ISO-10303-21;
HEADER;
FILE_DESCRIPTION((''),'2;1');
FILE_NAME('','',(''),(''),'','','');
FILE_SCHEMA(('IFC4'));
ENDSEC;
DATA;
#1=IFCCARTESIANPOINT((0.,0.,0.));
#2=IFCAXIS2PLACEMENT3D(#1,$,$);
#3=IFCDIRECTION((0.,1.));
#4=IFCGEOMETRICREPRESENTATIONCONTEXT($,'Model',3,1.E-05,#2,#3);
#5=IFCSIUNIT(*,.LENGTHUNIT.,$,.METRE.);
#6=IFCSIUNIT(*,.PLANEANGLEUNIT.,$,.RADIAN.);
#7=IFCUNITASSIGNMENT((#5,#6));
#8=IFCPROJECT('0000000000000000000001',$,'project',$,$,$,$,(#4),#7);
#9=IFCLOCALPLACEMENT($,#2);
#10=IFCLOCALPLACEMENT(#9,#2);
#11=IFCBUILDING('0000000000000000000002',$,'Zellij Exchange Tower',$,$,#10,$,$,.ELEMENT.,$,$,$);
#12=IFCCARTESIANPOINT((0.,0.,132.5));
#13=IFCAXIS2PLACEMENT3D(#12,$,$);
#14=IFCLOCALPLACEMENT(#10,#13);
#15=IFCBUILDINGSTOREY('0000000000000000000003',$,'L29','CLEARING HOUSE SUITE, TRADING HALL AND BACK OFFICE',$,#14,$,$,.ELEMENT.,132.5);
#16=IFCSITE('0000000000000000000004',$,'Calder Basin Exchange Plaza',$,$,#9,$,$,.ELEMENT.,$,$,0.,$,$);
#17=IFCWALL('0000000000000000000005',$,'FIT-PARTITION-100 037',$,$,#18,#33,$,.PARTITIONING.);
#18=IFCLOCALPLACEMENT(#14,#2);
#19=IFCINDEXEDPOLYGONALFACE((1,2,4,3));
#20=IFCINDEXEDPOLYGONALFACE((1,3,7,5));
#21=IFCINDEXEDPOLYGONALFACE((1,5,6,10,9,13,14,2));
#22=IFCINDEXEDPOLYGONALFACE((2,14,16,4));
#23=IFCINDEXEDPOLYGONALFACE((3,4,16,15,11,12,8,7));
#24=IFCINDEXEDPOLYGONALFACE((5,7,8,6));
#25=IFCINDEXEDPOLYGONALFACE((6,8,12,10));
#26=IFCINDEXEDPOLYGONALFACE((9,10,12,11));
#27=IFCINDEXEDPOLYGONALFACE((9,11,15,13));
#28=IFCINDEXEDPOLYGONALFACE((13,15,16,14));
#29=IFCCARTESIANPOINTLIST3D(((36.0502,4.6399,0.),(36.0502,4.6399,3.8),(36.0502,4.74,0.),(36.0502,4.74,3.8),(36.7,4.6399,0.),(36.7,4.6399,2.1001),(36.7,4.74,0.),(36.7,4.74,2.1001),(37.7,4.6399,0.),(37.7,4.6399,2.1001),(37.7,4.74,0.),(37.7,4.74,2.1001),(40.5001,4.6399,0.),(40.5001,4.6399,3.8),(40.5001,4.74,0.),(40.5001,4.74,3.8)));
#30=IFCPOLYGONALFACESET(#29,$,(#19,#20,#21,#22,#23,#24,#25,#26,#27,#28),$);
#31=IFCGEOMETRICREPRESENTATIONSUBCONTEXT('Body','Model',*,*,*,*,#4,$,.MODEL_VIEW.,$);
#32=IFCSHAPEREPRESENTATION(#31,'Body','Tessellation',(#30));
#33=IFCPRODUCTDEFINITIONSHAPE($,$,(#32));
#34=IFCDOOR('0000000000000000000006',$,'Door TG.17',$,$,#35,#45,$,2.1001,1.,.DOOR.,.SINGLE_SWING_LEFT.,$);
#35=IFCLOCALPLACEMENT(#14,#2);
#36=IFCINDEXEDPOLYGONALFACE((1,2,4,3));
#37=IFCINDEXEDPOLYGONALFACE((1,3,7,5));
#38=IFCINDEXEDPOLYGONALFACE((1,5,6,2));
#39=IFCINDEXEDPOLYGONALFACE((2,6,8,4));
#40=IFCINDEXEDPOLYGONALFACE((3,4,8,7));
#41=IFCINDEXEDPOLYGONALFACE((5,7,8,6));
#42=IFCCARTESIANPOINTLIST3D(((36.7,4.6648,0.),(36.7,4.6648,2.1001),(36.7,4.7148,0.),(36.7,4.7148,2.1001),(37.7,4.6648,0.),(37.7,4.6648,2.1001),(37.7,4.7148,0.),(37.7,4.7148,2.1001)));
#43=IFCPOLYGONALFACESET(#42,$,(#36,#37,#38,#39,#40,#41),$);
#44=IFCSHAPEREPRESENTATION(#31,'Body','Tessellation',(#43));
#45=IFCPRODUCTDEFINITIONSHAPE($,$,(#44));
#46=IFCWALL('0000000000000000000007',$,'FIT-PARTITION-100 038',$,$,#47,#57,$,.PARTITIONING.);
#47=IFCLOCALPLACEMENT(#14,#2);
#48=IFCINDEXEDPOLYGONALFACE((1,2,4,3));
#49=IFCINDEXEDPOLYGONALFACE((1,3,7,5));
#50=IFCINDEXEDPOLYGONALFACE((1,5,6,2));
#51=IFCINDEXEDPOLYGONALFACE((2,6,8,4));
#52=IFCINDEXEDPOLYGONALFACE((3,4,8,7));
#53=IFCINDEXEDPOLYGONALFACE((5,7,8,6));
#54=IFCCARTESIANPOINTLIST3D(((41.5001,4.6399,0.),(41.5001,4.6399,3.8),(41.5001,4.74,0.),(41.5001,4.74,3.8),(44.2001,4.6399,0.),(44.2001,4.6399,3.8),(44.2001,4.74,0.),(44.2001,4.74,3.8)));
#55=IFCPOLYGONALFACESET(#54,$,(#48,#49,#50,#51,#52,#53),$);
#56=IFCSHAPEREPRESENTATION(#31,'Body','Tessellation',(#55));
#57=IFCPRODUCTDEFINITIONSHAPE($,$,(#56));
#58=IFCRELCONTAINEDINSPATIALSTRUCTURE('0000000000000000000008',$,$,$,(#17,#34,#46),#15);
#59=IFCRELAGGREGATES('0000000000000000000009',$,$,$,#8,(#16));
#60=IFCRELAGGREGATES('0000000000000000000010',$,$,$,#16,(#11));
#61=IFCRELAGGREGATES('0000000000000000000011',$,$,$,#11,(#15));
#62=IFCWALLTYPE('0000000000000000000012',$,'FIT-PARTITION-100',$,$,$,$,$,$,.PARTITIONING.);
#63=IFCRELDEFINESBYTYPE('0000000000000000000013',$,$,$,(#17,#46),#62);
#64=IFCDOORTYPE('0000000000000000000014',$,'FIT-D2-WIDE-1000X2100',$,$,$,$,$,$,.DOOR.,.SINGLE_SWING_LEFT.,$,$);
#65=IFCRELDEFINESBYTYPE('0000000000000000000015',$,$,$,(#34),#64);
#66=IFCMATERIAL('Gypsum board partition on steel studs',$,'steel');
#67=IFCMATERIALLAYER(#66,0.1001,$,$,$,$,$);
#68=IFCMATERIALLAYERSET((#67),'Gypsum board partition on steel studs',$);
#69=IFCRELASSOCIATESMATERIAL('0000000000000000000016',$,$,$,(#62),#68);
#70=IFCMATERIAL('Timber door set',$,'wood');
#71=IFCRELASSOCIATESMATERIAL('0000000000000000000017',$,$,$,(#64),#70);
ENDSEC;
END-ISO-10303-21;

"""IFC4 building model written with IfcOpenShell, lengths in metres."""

from ifc_helpers import new_model, si_unit, direction, frame, frame_2d, origin, place, context, subcontext, project, spatial, rectangle, extrude, material, layer, layer_set, type_object, element, fill, save


model = new_model("IFC4")

# Units and contexts
model_context = context("Model", 3, precision=1e-05, world=origin(), true_north=direction((0.0, 1.0)))
body_context = subcontext(model_context, "Body", "Model", "MODEL_VIEW")
ifc_project = project(units=[si_unit("LENGTHUNIT", "METRE"), si_unit("PLANEANGLEUNIT", "RADIAN")], contexts=[model_context])

# Site, building, storey
site_placement = place(None, origin())
site = spatial("IfcSite", under=ifc_project, at=site_placement, Name="Calder Basin Exchange Plaza", CompositionType="ELEMENT", RefElevation=0.0)
building_placement = place(site_placement, origin())
building = spatial("IfcBuilding", under=site, at=building_placement, Name="Zellij Exchange Tower", CompositionType="ELEMENT")
storey_placement = place(building_placement, frame((0.0, 0.0, 132.5)))
storey = spatial("IfcBuildingStorey", under=building, at=storey_placement, Name="L29", Description="CLEARING HOUSE SUITE, TRADING HALL AND BACK OFFICE", CompositionType="ELEMENT", Elevation=132.5)

# Shared definitions
ifc_material_1 = material(Name="Gypsum board partition on steel studs", Category="steel")
ifc_layer_1 = layer(ifc_material_1, 0.1001)
ifc_layer_set_1 = layer_set([ifc_layer_1], Name="Gypsum board partition on steel studs")
wall_type_1 = type_object("IfcWallType", Name="FIT-PARTITION-100", PredefinedType="PARTITIONING", material=ifc_layer_set_1)

# Wall, opening, door
wall_1_placement = place(storey_placement, frame((36.05, 4.6899, 0.0), z_axis=(0.0, 0.0, 1.0), x_axis=(1.0, 0.0, 0.0)))
wall_1 = element("IfcWall", 1, at=wall_1_placement, inside=storey, type_object=wall_type_1, Name="FIT-PARTITION-100 037", PredefinedType="PARTITIONING", context=body_context, shape_type="SweptSolid", body=[
    extrude(rectangle(XDim=4.45, YDim=0.1001, at=frame_2d((2.2251, 0.0))), origin(), (0.0, 0.0, 1.0), 3.8),
])
opening_1_placement = place(wall_1_placement, frame((0.6499, 0.0, 0.0)))
opening_1 = element("IfcOpeningElement", 2, at=opening_1_placement, cuts=wall_1, PredefinedType="OPENING", context=body_context, shape_type="SweptSolid", body=[
    extrude(rectangle(XDim=1.0, YDim=2.1001, at=frame_2d((0.5, 1.05))), frame((0.0, 0.062, 0.0), z_axis=(0.0, -1.0, 0.0), x_axis=(1.0, 0.0, 0.0)), (0.0, 0.0, 1.0), 0.124),
])
ifc_material_2 = material(Name="Timber door set", Category="wood")
door_type = type_object("IfcDoorType", Name="FIT-D2-WIDE-1000X2100", OperationType="SINGLE_SWING_LEFT", PredefinedType="DOOR", material=ifc_material_2)
door_placement = place(opening_1_placement, origin())
door = element("IfcDoor", 3, at=door_placement, inside=storey, type_object=door_type, Name="Door TG.17", OperationType="SINGLE_SWING_LEFT", OverallHeight=2.1001, OverallWidth=1.0, PredefinedType="DOOR", context=body_context, shape_type="SweptSolid", body=[
    extrude(rectangle(XDim=1.0, YDim=2.1001, at=frame_2d((0.5, 1.05))), frame((0.0, 0.0249, 0.0), z_axis=(0.0, -1.0, 0.0), x_axis=(1.0, 0.0, 0.0)), (0.0, 0.0, 1.0), 0.05),
])
fill(opening_1, door)

# Wall
wall_2_placement = place(storey_placement, frame((41.5, 4.6899, 0.0), z_axis=(0.0, 0.0, 1.0), x_axis=(1.0, 0.0, 0.0)))
element("IfcWall", 4, at=wall_2_placement, inside=storey, type_object=wall_type_1, Name="FIT-PARTITION-100 038", PredefinedType="PARTITIONING", context=body_context, shape_type="SweptSolid", body=[
    extrude(rectangle(XDim=2.7, YDim=0.1001, at=frame_2d((1.3501, 0.0))), origin(), (0.0, 0.0, 1.0), 3.8),
])

save(model, "model.ifc")
